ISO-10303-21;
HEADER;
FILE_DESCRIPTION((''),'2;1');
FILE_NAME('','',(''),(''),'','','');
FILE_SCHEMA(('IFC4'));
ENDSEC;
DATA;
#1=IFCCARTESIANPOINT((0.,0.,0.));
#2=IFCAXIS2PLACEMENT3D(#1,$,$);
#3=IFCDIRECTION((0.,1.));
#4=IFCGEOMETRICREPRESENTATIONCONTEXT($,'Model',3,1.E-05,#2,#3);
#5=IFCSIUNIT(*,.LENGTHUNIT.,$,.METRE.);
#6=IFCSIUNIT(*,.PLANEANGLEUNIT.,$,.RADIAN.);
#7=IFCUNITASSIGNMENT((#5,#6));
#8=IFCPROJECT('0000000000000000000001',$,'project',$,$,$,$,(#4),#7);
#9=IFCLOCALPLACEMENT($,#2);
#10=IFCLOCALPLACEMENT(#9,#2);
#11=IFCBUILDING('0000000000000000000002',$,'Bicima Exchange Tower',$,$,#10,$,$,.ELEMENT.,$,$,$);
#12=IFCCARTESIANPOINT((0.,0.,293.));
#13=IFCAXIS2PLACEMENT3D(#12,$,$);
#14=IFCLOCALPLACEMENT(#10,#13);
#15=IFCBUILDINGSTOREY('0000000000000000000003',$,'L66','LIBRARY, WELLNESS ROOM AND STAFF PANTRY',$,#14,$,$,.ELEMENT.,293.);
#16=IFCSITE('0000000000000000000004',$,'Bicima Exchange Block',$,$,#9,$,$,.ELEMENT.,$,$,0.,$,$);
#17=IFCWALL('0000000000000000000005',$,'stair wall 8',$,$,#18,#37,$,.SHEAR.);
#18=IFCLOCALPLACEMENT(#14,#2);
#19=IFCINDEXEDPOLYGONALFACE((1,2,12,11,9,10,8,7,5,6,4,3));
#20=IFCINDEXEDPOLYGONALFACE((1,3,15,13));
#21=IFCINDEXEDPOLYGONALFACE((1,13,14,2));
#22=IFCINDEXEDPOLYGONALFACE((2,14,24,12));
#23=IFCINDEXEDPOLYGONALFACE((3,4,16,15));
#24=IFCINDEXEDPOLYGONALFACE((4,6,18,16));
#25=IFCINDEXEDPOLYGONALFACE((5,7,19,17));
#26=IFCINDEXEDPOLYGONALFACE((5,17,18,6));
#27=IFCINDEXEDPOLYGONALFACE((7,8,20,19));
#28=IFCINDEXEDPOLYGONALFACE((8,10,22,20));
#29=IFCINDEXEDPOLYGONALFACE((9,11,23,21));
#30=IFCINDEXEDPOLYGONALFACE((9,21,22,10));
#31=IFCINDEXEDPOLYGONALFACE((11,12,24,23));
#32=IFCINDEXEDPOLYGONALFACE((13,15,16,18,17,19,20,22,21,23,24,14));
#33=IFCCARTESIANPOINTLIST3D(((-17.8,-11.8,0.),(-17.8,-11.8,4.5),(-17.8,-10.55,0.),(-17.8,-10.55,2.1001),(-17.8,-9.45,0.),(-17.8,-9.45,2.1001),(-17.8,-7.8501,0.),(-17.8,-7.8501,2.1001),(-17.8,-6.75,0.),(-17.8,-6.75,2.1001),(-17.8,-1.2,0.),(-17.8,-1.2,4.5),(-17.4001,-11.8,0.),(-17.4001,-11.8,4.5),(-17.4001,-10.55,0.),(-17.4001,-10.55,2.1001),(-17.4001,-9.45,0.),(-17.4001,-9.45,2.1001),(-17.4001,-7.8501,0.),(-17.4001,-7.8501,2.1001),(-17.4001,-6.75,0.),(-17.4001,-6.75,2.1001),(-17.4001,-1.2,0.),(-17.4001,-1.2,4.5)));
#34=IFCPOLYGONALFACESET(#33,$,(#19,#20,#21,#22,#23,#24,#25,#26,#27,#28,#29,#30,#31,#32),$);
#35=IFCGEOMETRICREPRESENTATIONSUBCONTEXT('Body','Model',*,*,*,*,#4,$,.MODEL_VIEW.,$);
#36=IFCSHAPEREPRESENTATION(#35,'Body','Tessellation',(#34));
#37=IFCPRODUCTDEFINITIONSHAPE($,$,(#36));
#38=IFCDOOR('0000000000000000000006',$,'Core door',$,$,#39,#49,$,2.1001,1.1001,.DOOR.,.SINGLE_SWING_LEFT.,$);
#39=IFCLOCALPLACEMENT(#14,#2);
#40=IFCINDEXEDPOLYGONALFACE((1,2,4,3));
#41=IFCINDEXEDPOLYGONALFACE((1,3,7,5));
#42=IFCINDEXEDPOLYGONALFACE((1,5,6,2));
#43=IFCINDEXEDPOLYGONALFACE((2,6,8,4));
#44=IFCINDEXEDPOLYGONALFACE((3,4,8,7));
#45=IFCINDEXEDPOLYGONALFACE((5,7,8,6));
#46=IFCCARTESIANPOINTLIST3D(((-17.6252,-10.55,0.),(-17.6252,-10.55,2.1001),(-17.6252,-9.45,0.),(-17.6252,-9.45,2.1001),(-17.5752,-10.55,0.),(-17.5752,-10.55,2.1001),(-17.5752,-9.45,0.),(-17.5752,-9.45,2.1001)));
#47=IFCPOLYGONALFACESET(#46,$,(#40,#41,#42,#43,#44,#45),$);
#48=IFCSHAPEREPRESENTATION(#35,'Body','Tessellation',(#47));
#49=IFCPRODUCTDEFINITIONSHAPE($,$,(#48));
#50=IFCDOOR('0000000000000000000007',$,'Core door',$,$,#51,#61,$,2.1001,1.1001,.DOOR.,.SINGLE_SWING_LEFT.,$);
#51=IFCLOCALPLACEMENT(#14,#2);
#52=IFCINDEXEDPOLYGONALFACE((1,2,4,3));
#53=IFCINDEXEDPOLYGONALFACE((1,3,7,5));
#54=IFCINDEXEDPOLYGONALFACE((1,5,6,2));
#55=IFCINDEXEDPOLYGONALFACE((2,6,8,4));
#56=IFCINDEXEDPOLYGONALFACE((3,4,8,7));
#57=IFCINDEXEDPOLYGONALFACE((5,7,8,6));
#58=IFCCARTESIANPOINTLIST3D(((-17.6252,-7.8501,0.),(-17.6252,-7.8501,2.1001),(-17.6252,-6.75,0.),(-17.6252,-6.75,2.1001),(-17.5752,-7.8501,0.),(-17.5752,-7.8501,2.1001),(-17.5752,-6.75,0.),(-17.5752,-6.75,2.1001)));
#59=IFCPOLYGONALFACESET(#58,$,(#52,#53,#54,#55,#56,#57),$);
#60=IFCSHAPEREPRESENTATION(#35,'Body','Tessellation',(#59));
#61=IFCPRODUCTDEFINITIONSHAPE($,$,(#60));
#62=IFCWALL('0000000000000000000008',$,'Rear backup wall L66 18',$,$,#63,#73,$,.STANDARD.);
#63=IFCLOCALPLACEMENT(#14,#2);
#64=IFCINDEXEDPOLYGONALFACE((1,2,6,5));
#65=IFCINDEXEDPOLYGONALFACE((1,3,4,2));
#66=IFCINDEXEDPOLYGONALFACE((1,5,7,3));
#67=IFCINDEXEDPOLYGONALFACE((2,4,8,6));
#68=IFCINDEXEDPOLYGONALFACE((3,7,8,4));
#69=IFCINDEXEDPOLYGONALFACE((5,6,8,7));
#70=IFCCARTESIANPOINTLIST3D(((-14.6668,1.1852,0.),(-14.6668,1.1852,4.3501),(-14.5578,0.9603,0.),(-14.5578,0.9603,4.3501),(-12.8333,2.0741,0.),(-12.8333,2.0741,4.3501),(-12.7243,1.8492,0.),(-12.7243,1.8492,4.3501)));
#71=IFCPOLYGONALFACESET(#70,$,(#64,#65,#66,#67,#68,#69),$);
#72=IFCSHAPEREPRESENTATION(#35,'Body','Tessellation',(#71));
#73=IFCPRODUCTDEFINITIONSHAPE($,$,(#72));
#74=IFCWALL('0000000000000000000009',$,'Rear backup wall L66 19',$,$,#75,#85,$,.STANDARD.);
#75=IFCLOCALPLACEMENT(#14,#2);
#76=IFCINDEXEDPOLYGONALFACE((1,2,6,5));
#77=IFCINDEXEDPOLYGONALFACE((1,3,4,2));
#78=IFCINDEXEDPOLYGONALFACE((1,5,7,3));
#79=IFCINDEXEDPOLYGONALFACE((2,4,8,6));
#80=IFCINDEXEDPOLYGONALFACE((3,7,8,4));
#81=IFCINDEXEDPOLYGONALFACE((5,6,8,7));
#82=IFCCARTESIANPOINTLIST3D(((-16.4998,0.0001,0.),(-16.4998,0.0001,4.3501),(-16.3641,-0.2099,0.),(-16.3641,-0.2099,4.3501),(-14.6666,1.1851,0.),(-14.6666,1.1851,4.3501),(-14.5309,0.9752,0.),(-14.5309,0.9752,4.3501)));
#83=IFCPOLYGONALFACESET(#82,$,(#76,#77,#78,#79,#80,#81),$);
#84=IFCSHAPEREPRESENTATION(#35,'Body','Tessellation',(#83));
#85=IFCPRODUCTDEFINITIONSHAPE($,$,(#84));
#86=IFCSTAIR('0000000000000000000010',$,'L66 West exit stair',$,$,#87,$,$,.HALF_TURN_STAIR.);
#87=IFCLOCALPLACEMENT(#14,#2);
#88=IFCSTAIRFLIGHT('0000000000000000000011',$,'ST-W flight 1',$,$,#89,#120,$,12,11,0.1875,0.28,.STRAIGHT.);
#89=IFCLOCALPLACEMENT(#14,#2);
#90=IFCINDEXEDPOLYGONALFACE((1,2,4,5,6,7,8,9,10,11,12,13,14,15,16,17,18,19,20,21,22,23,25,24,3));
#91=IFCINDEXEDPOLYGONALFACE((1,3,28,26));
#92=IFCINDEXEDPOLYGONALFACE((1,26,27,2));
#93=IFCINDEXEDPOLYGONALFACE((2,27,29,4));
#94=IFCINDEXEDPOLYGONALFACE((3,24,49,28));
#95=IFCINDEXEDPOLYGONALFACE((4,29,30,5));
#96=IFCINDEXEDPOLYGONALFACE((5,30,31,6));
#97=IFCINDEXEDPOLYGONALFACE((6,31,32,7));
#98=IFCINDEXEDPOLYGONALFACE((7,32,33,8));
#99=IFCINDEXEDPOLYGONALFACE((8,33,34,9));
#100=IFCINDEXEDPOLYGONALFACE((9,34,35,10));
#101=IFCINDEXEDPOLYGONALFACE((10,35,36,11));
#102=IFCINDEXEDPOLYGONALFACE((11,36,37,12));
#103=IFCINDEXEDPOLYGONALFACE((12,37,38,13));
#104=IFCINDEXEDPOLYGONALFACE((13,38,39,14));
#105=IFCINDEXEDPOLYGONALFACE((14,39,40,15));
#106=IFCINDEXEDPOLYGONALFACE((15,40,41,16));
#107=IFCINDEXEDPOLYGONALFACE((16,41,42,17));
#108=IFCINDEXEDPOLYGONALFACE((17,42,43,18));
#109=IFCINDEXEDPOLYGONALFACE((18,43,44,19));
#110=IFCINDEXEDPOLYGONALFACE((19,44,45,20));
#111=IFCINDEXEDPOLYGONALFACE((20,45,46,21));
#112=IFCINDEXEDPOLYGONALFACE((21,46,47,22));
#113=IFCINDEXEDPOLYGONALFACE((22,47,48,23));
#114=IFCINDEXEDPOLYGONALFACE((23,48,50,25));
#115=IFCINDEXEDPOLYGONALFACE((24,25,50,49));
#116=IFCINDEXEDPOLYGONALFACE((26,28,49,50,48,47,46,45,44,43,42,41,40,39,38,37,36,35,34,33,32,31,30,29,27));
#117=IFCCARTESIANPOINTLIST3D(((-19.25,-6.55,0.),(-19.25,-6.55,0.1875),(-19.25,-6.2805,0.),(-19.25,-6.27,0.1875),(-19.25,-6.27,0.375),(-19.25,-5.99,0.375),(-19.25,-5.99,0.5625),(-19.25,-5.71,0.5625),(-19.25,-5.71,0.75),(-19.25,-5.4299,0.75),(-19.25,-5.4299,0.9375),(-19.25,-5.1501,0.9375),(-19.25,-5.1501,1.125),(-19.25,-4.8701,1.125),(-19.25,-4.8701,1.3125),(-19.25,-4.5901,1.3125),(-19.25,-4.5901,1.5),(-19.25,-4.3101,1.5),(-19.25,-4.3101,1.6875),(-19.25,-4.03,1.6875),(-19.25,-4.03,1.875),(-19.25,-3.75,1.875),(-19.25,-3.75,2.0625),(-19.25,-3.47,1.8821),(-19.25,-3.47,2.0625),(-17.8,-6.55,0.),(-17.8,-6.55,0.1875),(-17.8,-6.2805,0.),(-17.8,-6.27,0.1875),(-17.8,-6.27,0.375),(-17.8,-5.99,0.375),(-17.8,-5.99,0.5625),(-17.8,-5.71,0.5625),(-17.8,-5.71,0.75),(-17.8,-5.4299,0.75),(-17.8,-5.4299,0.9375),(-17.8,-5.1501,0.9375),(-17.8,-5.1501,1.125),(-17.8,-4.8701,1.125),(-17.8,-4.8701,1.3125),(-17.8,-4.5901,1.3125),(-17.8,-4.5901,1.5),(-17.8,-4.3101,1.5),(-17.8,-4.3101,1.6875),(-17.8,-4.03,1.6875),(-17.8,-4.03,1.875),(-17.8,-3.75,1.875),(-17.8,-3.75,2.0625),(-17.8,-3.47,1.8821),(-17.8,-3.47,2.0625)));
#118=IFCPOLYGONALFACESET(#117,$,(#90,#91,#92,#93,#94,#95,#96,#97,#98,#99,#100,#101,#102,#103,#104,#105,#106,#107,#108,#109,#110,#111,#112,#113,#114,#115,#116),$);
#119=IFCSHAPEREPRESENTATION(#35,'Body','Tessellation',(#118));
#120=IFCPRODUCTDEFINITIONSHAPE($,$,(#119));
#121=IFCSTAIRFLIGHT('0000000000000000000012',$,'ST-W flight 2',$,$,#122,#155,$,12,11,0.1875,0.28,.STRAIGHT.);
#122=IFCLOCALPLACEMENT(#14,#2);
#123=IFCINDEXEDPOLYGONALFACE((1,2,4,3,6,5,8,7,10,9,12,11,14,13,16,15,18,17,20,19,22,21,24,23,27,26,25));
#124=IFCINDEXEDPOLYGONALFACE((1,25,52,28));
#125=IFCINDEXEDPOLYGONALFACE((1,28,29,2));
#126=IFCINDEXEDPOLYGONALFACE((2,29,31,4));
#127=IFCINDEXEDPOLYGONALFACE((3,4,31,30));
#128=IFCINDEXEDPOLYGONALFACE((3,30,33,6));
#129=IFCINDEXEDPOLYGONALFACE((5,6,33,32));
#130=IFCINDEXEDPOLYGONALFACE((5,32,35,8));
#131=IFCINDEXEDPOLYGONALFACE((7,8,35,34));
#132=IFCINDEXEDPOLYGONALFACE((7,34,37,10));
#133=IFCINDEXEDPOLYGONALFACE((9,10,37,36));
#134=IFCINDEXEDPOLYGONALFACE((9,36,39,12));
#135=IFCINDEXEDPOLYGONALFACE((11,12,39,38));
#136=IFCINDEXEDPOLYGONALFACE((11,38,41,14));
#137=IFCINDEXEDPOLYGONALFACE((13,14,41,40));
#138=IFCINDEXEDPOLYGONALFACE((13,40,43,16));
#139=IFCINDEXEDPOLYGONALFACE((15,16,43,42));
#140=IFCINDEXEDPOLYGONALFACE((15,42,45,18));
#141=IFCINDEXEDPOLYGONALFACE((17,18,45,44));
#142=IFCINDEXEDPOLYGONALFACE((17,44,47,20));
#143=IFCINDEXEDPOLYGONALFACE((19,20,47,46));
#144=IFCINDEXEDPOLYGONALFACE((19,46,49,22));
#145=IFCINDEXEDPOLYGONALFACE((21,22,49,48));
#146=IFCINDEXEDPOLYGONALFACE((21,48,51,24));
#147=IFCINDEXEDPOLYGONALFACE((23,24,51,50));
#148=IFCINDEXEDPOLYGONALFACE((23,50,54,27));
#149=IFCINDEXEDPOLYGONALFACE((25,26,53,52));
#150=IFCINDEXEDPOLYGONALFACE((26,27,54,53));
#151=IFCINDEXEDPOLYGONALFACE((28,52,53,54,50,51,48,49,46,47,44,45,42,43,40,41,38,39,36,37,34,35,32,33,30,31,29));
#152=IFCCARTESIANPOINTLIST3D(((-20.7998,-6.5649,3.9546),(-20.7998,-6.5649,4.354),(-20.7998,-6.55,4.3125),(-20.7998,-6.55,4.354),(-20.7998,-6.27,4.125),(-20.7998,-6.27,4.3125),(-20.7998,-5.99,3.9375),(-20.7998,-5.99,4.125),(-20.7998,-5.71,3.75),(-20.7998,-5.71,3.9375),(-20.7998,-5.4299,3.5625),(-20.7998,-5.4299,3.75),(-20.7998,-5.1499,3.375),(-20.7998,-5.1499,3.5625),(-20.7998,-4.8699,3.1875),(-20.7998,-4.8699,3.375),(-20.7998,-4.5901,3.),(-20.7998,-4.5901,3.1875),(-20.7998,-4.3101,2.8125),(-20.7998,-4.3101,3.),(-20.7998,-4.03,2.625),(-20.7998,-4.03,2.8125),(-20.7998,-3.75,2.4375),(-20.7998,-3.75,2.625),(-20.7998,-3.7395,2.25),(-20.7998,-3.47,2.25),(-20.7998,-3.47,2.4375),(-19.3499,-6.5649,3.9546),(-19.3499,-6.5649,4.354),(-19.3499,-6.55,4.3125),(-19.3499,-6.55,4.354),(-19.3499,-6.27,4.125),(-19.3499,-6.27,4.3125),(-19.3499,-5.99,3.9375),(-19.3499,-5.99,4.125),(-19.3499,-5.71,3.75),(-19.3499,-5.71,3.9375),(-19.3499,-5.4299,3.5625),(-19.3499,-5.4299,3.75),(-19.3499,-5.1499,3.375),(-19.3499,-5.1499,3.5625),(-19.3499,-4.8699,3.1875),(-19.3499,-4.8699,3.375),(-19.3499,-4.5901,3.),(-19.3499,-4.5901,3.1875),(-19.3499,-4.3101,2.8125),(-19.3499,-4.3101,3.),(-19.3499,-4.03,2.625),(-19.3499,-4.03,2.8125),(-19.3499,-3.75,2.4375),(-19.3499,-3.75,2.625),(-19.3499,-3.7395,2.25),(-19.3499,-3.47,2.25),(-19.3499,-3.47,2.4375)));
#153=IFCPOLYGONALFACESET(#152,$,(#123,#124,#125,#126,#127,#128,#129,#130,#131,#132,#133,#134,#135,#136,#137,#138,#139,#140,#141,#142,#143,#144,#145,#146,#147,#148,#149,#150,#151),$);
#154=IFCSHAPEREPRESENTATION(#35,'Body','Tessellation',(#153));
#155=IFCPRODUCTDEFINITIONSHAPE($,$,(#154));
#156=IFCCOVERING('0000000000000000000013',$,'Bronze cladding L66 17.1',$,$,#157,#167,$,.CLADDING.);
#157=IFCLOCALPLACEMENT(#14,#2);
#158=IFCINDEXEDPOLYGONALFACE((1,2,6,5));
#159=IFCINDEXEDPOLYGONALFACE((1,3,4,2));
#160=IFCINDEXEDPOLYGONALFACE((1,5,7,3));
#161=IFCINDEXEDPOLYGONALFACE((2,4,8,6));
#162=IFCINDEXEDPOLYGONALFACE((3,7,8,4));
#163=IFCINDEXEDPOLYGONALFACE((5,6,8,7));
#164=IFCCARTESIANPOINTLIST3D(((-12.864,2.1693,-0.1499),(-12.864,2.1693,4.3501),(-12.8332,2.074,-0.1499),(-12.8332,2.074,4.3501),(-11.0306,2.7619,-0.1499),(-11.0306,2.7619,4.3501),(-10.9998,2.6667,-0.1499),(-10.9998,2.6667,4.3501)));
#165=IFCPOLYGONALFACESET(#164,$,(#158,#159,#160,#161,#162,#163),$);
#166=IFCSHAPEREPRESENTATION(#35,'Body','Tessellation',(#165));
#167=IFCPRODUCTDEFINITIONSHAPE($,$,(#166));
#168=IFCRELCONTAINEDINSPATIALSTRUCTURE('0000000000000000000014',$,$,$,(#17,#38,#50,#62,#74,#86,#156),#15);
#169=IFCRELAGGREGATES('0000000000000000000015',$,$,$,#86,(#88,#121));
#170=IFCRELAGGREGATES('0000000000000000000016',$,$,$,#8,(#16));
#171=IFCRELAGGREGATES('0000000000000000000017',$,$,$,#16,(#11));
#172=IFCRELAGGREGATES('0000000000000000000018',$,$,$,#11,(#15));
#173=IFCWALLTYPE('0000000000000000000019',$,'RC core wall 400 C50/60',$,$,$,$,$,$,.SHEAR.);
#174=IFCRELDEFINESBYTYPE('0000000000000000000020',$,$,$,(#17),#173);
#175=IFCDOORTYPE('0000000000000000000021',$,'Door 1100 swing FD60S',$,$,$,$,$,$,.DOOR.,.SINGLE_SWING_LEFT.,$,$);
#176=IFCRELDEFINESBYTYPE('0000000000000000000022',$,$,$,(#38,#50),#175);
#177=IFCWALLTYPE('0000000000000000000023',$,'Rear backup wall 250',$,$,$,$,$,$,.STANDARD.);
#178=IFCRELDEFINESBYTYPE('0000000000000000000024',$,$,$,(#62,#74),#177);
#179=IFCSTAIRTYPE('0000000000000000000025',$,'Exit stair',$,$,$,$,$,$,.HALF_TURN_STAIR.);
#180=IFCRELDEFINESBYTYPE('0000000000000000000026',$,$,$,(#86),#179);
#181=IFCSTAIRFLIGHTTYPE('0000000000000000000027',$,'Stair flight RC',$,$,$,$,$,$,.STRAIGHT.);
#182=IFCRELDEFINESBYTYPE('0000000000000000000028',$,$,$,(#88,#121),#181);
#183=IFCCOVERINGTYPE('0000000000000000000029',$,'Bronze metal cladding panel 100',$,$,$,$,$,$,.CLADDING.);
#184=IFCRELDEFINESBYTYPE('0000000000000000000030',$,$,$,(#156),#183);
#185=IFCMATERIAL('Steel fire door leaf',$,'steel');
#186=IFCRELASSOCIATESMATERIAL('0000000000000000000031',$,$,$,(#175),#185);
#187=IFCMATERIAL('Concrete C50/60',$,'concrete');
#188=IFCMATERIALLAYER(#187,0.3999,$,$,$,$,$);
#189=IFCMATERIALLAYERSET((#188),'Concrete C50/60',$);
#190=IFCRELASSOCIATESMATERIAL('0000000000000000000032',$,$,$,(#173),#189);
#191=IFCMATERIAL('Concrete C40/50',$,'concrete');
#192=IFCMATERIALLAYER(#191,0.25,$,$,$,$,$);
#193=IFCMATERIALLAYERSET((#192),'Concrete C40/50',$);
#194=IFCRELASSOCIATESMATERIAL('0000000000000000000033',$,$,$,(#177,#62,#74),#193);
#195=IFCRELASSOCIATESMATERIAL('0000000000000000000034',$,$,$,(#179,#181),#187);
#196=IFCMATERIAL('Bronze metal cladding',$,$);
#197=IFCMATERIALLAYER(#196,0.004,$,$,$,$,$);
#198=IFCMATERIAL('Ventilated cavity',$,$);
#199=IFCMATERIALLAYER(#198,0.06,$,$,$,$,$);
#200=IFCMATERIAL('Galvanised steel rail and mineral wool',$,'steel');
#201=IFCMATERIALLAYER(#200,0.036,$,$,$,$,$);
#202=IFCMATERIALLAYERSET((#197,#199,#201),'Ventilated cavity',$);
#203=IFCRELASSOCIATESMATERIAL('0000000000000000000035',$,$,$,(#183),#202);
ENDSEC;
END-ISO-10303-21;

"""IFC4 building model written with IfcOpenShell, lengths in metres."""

from ifc_helpers import new_model, si_unit, direction, frame, frame_2d, origin, origin_2d, place, context, subcontext, project, spatial, polyline, rectangle, outline, extrude, material, layer, layer_set, layer_usage, type_object, element, fill, aggregate, save


model = new_model("IFC4")

# Units and contexts
model_context = context("Model", 3, precision=1e-05, world=origin(), true_north=direction((0.0, 1.0)))
body_context = subcontext(model_context, "Body", "Model", "MODEL_VIEW")
ifc_project = project(units=[si_unit("LENGTHUNIT", "METRE"), si_unit("PLANEANGLEUNIT", "RADIAN")], contexts=[model_context])

# Site, building, storey
site_placement = place(None, origin())
site = spatial("IfcSite", under=ifc_project, at=site_placement, Name="Bicima Exchange Block", CompositionType="ELEMENT", RefElevation=0.0)
building_placement = place(site_placement, origin())
building = spatial("IfcBuilding", under=site, at=building_placement, Name="Bicima Exchange Tower", CompositionType="ELEMENT")
storey_placement = place(building_placement, frame((0.0, 0.0, 293.0)))
storey = spatial("IfcBuildingStorey", under=building, at=storey_placement, Name="L66", Description="LIBRARY, WELLNESS ROOM AND STAFF PANTRY", CompositionType="ELEMENT", Elevation=293.0)

# Shared definitions
ifc_material_1 = material(Name="Concrete C40/50", Category="concrete")

# Shared definitions
ifc_material_2 = material(Name="Steel fire door leaf", Category="steel")

# Shared definitions
door_type_1 = type_object("IfcDoorType", Name="Door 1100 swing FD60S", OperationType="SINGLE_SWING_LEFT", PredefinedType="DOOR", material=ifc_material_2)
ifc_material_3 = material(Name="Concrete C50/60", Category="concrete")
ifc_layer_1 = layer(ifc_material_3, 0.3999)
ifc_layer_set_1 = layer_set([ifc_layer_1], Name="Concrete C50/60")
wall_type_1 = type_object("IfcWallType", Name="RC core wall 400 C50/60", PredefinedType="SHEAR", material=ifc_layer_set_1)

# Wall, openings, doors
wall_1_placement = place(storey_placement, frame((-17.6001, -11.8, 0.0), z_axis=(0.0, 0.0, 1.0), x_axis=(0.0, 1.0, 0.0)))
wall_1 = element("IfcWall", 1, at=wall_1_placement, inside=storey, type_object=wall_type_1, Name="stair wall 8", PredefinedType="SHEAR", context=body_context, shape_type="SweptSolid", body=[
    extrude(rectangle(XDim=10.6001, YDim=0.3999, at=frame_2d((5.3, 0.0))), origin(), (0.0, 0.0, 1.0), 4.5),
])
opening_1_placement = place(wall_1_placement, frame((1.25, 0.0, 0.0)))
opening_1 = element("IfcOpeningElement", 2, at=opening_1_placement, cuts=wall_1, PredefinedType="OPENING", context=body_context, shape_type="SweptSolid", body=[
    extrude(rectangle(XDim=1.1001, YDim=2.1001, at=frame_2d((0.55, 1.05))), frame((0.0, 0.2119, 0.0), z_axis=(0.0, -1.0, 0.0), x_axis=(1.0, 0.0, 0.0)), (0.0, 0.0, 1.0), 0.4238),
])
opening_2_placement = place(wall_1_placement, frame((3.95, 0.0, 0.0)))
opening_2 = element("IfcOpeningElement", 3, at=opening_2_placement, cuts=wall_1, PredefinedType="OPENING", context=body_context, shape_type="SweptSolid", body=[
    extrude(rectangle(XDim=1.1001, YDim=2.1001, at=frame_2d((0.55, 1.05))), frame((0.0, 0.2119, 0.0), z_axis=(0.0, -1.0, 0.0), x_axis=(1.0, 0.0, 0.0)), (0.0, 0.0, 1.0), 0.4238),
])
door_1_placement = place(opening_1_placement, frame((1.1001, 0.0, 0.0), z_axis=(0.0, 0.0, 1.0), x_axis=(-1.0, 0.0, 0.0)))
door_1 = element("IfcDoor", 4, at=door_1_placement, inside=storey, type_object=door_type_1, Name="Core door", OperationType="SINGLE_SWING_LEFT", OverallHeight=2.1001, OverallWidth=1.1001, PredefinedType="DOOR", context=body_context, shape_type="SweptSolid", body=[
    extrude(rectangle(XDim=1.1001, YDim=2.1001, at=frame_2d((0.55, 1.05))), frame((0.0, 0.0249, 0.0), z_axis=(0.0, -1.0, 0.0), x_axis=(1.0, 0.0, 0.0)), (0.0, 0.0, 1.0), 0.05),
])
fill(opening_1, door_1)
door_2_placement = place(opening_2_placement, frame((1.1001, 0.0, 0.0), z_axis=(0.0, 0.0, 1.0), x_axis=(-1.0, 0.0, 0.0)))
door_2 = element("IfcDoor", 5, at=door_2_placement, inside=storey, type_object=door_type_1, Name="Core door", OperationType="SINGLE_SWING_LEFT", OverallHeight=2.1001, OverallWidth=1.1001, PredefinedType="DOOR", context=body_context, shape_type="SweptSolid", body=[
    extrude(rectangle(XDim=1.1001, YDim=2.1001, at=frame_2d((0.55, 1.05))), frame((0.0, 0.0249, 0.0), z_axis=(0.0, -1.0, 0.0), x_axis=(1.0, 0.0, 0.0)), (0.0, 0.0, 1.0), 0.05),
])
fill(opening_2, door_2)

# Walls
ifc_layer_2 = layer(ifc_material_1, 0.25)
ifc_layer_set_2 = layer_set([ifc_layer_2], Name="Concrete C40/50")
ifc_layer_usage = layer_usage(ifc_layer_set_2, "AXIS2", "POSITIVE", -0.125)
wall_type_2 = type_object("IfcWallType", Name="Rear backup wall 250", PredefinedType="STANDARD", material=ifc_layer_set_2)
wall_2_placement = place(storey_placement, frame((-12.7788, 1.9617, 0.0), z_axis=(0.0, 0.0, 1.0), x_axis=(-0.899824, -0.436253, 0.0)))
element("IfcWall", 6, at=wall_2_placement, inside=storey, type_object=wall_type_2, material=ifc_layer_usage, Name="Rear backup wall L66 18", PredefinedType="STANDARD", context=body_context, shape_type="SweptSolid", body=[
    extrude(rectangle(XDim=2.0376, YDim=0.25, at=frame_2d((1.0188, 0.0))), origin(), (0.0, 0.0, 1.0), 4.3501),
])
wall_3_placement = place(storey_placement, frame((-14.5989, 1.0801, 0.0), z_axis=(0.0, 0.0, 1.0), x_axis=(-0.839813, -0.542876, 0.0)))
element("IfcWall", 7, at=wall_3_placement, inside=storey, type_object=wall_type_2, material=ifc_layer_usage, Name="Rear backup wall L66 19", PredefinedType="STANDARD", context=body_context, shape_type="SweptSolid", body=[
    extrude(rectangle(XDim=2.1829, YDim=0.25, at=frame_2d((1.0913, 0.0))), origin(), (0.0, 0.0, 1.0), 4.3501),
])

# Stair, stair flights
stair_type = type_object("IfcStairType", Name="Exit stair", PredefinedType="HALF_TURN_STAIR", material=ifc_material_3)
stair_placement = place(storey_placement, origin())
stair = element("IfcStair", 8, at=stair_placement, inside=storey, type_object=stair_type, Name="L66 West exit stair", PredefinedType="HALF_TURN_STAIR")
stair_flight_type = type_object("IfcStairFlightType", Name="Stair flight RC", PredefinedType="STRAIGHT", material=ifc_material_3)
stair_flight_1_placement = place(storey_placement, frame((-18.5249, -6.55, 0.0), z_axis=(0.0, 0.0, 1.0), x_axis=(0.0, 1.0, 0.0)))
stair_flight_1 = element("IfcStairFlight", 9, at=stair_flight_1_placement, type_object=stair_flight_type, Name="ST-W flight 1", NumberOfRisers=12, NumberOfTreads=11, PredefinedType="STRAIGHT", RiserHeight=0.1875, TreadLength=0.28, context=body_context, shape_type="SweptSolid", body=[
    extrude(outline(polyline([(0.0, 0.0), (0.0, 0.1875), (0.28, 0.1875), (0.28, 0.375), (0.5601, 0.375), (0.5601, 0.5625), (0.8401, 0.5625), (0.8401, 0.75), (1.1201, 0.75), (1.1201, 0.9375), (1.3999, 0.9375), (1.3999, 1.125), (1.6799, 1.125), (1.6799, 1.3125), (1.96, 1.3125), (1.96, 1.5), (2.24, 1.5), (2.24, 1.6875), (2.52, 1.6875), (2.52, 1.875), (2.8, 1.875), (2.8, 2.0625), (3.0801, 2.0625), (3.0801, 2.25), (3.0801, 1.8821), (0.2695, 0.0), (0.0, 0.0)])), frame((0.0, 0.7251, 0.0), z_axis=(0.0, -1.0, 0.0), x_axis=(1.0, 0.0, 0.0)), (0.0, 0.0, 1.0), 1.45),
])
stair_flight_2_placement = place(storey_placement, frame((-20.075, -3.47, 2.25), z_axis=(0.0, 0.0, 1.0), x_axis=(0.0, -1.0, 0.0)))
stair_flight_2 = element("IfcStairFlight", 10, at=stair_flight_2_placement, type_object=stair_flight_type, Name="ST-W flight 2", NumberOfRisers=12, NumberOfTreads=11, PredefinedType="STRAIGHT", RiserHeight=0.1875, TreadLength=0.28, context=body_context, shape_type="SweptSolid", body=[
    extrude(outline(polyline([(0.0, 0.0), (0.0, 0.1875), (0.28, 0.1875), (0.28, 0.375), (0.5601, 0.375), (0.5601, 0.5625), (0.8401, 0.5625), (0.8401, 0.75), (1.1201, 0.75), (1.1201, 0.9375), (1.3999, 0.9375), (1.3999, 1.125), (1.6799, 1.125), (1.6799, 1.3125), (1.96, 1.3125), (1.96, 1.5), (2.24, 1.5), (2.24, 1.6875), (2.52, 1.6875), (2.52, 1.875), (2.8, 1.875), (2.8, 2.0625), (3.0801, 2.0625), (3.0801, 2.104), (3.095, 2.104), (3.095, 1.7046), (0.2695, 0.0), (0.0, 0.0)])), frame((0.0, 0.7251, 0.0), z_axis=(0.0, -1.0, 0.0), x_axis=(1.0, 0.0, 0.0)), (0.0, 0.0, 1.0), 1.45),
])
aggregate(stair, [stair_flight_1, stair_flight_2])

# Covering
ifc_material_4 = material(Name="Bronze metal cladding")
ifc_layer_3 = layer(ifc_material_4, 0.004)
ifc_material_5 = material(Name="Ventilated cavity")
ifc_layer_4 = layer(ifc_material_5, 0.06)
ifc_material_6 = material(Name="Galvanised steel rail and mineral wool", Category="steel")
ifc_layer_5 = layer(ifc_material_6, 0.036)
ifc_layer_set_3 = layer_set([ifc_layer_3, ifc_layer_4, ifc_layer_5], Name="Ventilated cavity")
covering_type = type_object("IfcCoveringType", Name="Bronze metal cladding panel 100", PredefinedType="CLADDING", material=ifc_layer_set_3)
covering_1_placement = place(storey_placement, frame((-11.9319, 2.418, -0.1499), z_axis=(0.0, 0.0, 1.0), x_axis=(-0.951525, -0.307573, 0.0)))
element("IfcCovering", 11, at=covering_1_placement, inside=storey, type_object=covering_type, Name="Bronze cladding L66 17.1", PredefinedType="CLADDING", context=body_context, shape_type="SweptSolid", body=[
    extrude(rectangle(XDim=1.9268, YDim=0.1001, at=origin_2d()), origin(), (0.0, 0.0, 1.0), 4.5),
])

save(model, "model.ifc")
